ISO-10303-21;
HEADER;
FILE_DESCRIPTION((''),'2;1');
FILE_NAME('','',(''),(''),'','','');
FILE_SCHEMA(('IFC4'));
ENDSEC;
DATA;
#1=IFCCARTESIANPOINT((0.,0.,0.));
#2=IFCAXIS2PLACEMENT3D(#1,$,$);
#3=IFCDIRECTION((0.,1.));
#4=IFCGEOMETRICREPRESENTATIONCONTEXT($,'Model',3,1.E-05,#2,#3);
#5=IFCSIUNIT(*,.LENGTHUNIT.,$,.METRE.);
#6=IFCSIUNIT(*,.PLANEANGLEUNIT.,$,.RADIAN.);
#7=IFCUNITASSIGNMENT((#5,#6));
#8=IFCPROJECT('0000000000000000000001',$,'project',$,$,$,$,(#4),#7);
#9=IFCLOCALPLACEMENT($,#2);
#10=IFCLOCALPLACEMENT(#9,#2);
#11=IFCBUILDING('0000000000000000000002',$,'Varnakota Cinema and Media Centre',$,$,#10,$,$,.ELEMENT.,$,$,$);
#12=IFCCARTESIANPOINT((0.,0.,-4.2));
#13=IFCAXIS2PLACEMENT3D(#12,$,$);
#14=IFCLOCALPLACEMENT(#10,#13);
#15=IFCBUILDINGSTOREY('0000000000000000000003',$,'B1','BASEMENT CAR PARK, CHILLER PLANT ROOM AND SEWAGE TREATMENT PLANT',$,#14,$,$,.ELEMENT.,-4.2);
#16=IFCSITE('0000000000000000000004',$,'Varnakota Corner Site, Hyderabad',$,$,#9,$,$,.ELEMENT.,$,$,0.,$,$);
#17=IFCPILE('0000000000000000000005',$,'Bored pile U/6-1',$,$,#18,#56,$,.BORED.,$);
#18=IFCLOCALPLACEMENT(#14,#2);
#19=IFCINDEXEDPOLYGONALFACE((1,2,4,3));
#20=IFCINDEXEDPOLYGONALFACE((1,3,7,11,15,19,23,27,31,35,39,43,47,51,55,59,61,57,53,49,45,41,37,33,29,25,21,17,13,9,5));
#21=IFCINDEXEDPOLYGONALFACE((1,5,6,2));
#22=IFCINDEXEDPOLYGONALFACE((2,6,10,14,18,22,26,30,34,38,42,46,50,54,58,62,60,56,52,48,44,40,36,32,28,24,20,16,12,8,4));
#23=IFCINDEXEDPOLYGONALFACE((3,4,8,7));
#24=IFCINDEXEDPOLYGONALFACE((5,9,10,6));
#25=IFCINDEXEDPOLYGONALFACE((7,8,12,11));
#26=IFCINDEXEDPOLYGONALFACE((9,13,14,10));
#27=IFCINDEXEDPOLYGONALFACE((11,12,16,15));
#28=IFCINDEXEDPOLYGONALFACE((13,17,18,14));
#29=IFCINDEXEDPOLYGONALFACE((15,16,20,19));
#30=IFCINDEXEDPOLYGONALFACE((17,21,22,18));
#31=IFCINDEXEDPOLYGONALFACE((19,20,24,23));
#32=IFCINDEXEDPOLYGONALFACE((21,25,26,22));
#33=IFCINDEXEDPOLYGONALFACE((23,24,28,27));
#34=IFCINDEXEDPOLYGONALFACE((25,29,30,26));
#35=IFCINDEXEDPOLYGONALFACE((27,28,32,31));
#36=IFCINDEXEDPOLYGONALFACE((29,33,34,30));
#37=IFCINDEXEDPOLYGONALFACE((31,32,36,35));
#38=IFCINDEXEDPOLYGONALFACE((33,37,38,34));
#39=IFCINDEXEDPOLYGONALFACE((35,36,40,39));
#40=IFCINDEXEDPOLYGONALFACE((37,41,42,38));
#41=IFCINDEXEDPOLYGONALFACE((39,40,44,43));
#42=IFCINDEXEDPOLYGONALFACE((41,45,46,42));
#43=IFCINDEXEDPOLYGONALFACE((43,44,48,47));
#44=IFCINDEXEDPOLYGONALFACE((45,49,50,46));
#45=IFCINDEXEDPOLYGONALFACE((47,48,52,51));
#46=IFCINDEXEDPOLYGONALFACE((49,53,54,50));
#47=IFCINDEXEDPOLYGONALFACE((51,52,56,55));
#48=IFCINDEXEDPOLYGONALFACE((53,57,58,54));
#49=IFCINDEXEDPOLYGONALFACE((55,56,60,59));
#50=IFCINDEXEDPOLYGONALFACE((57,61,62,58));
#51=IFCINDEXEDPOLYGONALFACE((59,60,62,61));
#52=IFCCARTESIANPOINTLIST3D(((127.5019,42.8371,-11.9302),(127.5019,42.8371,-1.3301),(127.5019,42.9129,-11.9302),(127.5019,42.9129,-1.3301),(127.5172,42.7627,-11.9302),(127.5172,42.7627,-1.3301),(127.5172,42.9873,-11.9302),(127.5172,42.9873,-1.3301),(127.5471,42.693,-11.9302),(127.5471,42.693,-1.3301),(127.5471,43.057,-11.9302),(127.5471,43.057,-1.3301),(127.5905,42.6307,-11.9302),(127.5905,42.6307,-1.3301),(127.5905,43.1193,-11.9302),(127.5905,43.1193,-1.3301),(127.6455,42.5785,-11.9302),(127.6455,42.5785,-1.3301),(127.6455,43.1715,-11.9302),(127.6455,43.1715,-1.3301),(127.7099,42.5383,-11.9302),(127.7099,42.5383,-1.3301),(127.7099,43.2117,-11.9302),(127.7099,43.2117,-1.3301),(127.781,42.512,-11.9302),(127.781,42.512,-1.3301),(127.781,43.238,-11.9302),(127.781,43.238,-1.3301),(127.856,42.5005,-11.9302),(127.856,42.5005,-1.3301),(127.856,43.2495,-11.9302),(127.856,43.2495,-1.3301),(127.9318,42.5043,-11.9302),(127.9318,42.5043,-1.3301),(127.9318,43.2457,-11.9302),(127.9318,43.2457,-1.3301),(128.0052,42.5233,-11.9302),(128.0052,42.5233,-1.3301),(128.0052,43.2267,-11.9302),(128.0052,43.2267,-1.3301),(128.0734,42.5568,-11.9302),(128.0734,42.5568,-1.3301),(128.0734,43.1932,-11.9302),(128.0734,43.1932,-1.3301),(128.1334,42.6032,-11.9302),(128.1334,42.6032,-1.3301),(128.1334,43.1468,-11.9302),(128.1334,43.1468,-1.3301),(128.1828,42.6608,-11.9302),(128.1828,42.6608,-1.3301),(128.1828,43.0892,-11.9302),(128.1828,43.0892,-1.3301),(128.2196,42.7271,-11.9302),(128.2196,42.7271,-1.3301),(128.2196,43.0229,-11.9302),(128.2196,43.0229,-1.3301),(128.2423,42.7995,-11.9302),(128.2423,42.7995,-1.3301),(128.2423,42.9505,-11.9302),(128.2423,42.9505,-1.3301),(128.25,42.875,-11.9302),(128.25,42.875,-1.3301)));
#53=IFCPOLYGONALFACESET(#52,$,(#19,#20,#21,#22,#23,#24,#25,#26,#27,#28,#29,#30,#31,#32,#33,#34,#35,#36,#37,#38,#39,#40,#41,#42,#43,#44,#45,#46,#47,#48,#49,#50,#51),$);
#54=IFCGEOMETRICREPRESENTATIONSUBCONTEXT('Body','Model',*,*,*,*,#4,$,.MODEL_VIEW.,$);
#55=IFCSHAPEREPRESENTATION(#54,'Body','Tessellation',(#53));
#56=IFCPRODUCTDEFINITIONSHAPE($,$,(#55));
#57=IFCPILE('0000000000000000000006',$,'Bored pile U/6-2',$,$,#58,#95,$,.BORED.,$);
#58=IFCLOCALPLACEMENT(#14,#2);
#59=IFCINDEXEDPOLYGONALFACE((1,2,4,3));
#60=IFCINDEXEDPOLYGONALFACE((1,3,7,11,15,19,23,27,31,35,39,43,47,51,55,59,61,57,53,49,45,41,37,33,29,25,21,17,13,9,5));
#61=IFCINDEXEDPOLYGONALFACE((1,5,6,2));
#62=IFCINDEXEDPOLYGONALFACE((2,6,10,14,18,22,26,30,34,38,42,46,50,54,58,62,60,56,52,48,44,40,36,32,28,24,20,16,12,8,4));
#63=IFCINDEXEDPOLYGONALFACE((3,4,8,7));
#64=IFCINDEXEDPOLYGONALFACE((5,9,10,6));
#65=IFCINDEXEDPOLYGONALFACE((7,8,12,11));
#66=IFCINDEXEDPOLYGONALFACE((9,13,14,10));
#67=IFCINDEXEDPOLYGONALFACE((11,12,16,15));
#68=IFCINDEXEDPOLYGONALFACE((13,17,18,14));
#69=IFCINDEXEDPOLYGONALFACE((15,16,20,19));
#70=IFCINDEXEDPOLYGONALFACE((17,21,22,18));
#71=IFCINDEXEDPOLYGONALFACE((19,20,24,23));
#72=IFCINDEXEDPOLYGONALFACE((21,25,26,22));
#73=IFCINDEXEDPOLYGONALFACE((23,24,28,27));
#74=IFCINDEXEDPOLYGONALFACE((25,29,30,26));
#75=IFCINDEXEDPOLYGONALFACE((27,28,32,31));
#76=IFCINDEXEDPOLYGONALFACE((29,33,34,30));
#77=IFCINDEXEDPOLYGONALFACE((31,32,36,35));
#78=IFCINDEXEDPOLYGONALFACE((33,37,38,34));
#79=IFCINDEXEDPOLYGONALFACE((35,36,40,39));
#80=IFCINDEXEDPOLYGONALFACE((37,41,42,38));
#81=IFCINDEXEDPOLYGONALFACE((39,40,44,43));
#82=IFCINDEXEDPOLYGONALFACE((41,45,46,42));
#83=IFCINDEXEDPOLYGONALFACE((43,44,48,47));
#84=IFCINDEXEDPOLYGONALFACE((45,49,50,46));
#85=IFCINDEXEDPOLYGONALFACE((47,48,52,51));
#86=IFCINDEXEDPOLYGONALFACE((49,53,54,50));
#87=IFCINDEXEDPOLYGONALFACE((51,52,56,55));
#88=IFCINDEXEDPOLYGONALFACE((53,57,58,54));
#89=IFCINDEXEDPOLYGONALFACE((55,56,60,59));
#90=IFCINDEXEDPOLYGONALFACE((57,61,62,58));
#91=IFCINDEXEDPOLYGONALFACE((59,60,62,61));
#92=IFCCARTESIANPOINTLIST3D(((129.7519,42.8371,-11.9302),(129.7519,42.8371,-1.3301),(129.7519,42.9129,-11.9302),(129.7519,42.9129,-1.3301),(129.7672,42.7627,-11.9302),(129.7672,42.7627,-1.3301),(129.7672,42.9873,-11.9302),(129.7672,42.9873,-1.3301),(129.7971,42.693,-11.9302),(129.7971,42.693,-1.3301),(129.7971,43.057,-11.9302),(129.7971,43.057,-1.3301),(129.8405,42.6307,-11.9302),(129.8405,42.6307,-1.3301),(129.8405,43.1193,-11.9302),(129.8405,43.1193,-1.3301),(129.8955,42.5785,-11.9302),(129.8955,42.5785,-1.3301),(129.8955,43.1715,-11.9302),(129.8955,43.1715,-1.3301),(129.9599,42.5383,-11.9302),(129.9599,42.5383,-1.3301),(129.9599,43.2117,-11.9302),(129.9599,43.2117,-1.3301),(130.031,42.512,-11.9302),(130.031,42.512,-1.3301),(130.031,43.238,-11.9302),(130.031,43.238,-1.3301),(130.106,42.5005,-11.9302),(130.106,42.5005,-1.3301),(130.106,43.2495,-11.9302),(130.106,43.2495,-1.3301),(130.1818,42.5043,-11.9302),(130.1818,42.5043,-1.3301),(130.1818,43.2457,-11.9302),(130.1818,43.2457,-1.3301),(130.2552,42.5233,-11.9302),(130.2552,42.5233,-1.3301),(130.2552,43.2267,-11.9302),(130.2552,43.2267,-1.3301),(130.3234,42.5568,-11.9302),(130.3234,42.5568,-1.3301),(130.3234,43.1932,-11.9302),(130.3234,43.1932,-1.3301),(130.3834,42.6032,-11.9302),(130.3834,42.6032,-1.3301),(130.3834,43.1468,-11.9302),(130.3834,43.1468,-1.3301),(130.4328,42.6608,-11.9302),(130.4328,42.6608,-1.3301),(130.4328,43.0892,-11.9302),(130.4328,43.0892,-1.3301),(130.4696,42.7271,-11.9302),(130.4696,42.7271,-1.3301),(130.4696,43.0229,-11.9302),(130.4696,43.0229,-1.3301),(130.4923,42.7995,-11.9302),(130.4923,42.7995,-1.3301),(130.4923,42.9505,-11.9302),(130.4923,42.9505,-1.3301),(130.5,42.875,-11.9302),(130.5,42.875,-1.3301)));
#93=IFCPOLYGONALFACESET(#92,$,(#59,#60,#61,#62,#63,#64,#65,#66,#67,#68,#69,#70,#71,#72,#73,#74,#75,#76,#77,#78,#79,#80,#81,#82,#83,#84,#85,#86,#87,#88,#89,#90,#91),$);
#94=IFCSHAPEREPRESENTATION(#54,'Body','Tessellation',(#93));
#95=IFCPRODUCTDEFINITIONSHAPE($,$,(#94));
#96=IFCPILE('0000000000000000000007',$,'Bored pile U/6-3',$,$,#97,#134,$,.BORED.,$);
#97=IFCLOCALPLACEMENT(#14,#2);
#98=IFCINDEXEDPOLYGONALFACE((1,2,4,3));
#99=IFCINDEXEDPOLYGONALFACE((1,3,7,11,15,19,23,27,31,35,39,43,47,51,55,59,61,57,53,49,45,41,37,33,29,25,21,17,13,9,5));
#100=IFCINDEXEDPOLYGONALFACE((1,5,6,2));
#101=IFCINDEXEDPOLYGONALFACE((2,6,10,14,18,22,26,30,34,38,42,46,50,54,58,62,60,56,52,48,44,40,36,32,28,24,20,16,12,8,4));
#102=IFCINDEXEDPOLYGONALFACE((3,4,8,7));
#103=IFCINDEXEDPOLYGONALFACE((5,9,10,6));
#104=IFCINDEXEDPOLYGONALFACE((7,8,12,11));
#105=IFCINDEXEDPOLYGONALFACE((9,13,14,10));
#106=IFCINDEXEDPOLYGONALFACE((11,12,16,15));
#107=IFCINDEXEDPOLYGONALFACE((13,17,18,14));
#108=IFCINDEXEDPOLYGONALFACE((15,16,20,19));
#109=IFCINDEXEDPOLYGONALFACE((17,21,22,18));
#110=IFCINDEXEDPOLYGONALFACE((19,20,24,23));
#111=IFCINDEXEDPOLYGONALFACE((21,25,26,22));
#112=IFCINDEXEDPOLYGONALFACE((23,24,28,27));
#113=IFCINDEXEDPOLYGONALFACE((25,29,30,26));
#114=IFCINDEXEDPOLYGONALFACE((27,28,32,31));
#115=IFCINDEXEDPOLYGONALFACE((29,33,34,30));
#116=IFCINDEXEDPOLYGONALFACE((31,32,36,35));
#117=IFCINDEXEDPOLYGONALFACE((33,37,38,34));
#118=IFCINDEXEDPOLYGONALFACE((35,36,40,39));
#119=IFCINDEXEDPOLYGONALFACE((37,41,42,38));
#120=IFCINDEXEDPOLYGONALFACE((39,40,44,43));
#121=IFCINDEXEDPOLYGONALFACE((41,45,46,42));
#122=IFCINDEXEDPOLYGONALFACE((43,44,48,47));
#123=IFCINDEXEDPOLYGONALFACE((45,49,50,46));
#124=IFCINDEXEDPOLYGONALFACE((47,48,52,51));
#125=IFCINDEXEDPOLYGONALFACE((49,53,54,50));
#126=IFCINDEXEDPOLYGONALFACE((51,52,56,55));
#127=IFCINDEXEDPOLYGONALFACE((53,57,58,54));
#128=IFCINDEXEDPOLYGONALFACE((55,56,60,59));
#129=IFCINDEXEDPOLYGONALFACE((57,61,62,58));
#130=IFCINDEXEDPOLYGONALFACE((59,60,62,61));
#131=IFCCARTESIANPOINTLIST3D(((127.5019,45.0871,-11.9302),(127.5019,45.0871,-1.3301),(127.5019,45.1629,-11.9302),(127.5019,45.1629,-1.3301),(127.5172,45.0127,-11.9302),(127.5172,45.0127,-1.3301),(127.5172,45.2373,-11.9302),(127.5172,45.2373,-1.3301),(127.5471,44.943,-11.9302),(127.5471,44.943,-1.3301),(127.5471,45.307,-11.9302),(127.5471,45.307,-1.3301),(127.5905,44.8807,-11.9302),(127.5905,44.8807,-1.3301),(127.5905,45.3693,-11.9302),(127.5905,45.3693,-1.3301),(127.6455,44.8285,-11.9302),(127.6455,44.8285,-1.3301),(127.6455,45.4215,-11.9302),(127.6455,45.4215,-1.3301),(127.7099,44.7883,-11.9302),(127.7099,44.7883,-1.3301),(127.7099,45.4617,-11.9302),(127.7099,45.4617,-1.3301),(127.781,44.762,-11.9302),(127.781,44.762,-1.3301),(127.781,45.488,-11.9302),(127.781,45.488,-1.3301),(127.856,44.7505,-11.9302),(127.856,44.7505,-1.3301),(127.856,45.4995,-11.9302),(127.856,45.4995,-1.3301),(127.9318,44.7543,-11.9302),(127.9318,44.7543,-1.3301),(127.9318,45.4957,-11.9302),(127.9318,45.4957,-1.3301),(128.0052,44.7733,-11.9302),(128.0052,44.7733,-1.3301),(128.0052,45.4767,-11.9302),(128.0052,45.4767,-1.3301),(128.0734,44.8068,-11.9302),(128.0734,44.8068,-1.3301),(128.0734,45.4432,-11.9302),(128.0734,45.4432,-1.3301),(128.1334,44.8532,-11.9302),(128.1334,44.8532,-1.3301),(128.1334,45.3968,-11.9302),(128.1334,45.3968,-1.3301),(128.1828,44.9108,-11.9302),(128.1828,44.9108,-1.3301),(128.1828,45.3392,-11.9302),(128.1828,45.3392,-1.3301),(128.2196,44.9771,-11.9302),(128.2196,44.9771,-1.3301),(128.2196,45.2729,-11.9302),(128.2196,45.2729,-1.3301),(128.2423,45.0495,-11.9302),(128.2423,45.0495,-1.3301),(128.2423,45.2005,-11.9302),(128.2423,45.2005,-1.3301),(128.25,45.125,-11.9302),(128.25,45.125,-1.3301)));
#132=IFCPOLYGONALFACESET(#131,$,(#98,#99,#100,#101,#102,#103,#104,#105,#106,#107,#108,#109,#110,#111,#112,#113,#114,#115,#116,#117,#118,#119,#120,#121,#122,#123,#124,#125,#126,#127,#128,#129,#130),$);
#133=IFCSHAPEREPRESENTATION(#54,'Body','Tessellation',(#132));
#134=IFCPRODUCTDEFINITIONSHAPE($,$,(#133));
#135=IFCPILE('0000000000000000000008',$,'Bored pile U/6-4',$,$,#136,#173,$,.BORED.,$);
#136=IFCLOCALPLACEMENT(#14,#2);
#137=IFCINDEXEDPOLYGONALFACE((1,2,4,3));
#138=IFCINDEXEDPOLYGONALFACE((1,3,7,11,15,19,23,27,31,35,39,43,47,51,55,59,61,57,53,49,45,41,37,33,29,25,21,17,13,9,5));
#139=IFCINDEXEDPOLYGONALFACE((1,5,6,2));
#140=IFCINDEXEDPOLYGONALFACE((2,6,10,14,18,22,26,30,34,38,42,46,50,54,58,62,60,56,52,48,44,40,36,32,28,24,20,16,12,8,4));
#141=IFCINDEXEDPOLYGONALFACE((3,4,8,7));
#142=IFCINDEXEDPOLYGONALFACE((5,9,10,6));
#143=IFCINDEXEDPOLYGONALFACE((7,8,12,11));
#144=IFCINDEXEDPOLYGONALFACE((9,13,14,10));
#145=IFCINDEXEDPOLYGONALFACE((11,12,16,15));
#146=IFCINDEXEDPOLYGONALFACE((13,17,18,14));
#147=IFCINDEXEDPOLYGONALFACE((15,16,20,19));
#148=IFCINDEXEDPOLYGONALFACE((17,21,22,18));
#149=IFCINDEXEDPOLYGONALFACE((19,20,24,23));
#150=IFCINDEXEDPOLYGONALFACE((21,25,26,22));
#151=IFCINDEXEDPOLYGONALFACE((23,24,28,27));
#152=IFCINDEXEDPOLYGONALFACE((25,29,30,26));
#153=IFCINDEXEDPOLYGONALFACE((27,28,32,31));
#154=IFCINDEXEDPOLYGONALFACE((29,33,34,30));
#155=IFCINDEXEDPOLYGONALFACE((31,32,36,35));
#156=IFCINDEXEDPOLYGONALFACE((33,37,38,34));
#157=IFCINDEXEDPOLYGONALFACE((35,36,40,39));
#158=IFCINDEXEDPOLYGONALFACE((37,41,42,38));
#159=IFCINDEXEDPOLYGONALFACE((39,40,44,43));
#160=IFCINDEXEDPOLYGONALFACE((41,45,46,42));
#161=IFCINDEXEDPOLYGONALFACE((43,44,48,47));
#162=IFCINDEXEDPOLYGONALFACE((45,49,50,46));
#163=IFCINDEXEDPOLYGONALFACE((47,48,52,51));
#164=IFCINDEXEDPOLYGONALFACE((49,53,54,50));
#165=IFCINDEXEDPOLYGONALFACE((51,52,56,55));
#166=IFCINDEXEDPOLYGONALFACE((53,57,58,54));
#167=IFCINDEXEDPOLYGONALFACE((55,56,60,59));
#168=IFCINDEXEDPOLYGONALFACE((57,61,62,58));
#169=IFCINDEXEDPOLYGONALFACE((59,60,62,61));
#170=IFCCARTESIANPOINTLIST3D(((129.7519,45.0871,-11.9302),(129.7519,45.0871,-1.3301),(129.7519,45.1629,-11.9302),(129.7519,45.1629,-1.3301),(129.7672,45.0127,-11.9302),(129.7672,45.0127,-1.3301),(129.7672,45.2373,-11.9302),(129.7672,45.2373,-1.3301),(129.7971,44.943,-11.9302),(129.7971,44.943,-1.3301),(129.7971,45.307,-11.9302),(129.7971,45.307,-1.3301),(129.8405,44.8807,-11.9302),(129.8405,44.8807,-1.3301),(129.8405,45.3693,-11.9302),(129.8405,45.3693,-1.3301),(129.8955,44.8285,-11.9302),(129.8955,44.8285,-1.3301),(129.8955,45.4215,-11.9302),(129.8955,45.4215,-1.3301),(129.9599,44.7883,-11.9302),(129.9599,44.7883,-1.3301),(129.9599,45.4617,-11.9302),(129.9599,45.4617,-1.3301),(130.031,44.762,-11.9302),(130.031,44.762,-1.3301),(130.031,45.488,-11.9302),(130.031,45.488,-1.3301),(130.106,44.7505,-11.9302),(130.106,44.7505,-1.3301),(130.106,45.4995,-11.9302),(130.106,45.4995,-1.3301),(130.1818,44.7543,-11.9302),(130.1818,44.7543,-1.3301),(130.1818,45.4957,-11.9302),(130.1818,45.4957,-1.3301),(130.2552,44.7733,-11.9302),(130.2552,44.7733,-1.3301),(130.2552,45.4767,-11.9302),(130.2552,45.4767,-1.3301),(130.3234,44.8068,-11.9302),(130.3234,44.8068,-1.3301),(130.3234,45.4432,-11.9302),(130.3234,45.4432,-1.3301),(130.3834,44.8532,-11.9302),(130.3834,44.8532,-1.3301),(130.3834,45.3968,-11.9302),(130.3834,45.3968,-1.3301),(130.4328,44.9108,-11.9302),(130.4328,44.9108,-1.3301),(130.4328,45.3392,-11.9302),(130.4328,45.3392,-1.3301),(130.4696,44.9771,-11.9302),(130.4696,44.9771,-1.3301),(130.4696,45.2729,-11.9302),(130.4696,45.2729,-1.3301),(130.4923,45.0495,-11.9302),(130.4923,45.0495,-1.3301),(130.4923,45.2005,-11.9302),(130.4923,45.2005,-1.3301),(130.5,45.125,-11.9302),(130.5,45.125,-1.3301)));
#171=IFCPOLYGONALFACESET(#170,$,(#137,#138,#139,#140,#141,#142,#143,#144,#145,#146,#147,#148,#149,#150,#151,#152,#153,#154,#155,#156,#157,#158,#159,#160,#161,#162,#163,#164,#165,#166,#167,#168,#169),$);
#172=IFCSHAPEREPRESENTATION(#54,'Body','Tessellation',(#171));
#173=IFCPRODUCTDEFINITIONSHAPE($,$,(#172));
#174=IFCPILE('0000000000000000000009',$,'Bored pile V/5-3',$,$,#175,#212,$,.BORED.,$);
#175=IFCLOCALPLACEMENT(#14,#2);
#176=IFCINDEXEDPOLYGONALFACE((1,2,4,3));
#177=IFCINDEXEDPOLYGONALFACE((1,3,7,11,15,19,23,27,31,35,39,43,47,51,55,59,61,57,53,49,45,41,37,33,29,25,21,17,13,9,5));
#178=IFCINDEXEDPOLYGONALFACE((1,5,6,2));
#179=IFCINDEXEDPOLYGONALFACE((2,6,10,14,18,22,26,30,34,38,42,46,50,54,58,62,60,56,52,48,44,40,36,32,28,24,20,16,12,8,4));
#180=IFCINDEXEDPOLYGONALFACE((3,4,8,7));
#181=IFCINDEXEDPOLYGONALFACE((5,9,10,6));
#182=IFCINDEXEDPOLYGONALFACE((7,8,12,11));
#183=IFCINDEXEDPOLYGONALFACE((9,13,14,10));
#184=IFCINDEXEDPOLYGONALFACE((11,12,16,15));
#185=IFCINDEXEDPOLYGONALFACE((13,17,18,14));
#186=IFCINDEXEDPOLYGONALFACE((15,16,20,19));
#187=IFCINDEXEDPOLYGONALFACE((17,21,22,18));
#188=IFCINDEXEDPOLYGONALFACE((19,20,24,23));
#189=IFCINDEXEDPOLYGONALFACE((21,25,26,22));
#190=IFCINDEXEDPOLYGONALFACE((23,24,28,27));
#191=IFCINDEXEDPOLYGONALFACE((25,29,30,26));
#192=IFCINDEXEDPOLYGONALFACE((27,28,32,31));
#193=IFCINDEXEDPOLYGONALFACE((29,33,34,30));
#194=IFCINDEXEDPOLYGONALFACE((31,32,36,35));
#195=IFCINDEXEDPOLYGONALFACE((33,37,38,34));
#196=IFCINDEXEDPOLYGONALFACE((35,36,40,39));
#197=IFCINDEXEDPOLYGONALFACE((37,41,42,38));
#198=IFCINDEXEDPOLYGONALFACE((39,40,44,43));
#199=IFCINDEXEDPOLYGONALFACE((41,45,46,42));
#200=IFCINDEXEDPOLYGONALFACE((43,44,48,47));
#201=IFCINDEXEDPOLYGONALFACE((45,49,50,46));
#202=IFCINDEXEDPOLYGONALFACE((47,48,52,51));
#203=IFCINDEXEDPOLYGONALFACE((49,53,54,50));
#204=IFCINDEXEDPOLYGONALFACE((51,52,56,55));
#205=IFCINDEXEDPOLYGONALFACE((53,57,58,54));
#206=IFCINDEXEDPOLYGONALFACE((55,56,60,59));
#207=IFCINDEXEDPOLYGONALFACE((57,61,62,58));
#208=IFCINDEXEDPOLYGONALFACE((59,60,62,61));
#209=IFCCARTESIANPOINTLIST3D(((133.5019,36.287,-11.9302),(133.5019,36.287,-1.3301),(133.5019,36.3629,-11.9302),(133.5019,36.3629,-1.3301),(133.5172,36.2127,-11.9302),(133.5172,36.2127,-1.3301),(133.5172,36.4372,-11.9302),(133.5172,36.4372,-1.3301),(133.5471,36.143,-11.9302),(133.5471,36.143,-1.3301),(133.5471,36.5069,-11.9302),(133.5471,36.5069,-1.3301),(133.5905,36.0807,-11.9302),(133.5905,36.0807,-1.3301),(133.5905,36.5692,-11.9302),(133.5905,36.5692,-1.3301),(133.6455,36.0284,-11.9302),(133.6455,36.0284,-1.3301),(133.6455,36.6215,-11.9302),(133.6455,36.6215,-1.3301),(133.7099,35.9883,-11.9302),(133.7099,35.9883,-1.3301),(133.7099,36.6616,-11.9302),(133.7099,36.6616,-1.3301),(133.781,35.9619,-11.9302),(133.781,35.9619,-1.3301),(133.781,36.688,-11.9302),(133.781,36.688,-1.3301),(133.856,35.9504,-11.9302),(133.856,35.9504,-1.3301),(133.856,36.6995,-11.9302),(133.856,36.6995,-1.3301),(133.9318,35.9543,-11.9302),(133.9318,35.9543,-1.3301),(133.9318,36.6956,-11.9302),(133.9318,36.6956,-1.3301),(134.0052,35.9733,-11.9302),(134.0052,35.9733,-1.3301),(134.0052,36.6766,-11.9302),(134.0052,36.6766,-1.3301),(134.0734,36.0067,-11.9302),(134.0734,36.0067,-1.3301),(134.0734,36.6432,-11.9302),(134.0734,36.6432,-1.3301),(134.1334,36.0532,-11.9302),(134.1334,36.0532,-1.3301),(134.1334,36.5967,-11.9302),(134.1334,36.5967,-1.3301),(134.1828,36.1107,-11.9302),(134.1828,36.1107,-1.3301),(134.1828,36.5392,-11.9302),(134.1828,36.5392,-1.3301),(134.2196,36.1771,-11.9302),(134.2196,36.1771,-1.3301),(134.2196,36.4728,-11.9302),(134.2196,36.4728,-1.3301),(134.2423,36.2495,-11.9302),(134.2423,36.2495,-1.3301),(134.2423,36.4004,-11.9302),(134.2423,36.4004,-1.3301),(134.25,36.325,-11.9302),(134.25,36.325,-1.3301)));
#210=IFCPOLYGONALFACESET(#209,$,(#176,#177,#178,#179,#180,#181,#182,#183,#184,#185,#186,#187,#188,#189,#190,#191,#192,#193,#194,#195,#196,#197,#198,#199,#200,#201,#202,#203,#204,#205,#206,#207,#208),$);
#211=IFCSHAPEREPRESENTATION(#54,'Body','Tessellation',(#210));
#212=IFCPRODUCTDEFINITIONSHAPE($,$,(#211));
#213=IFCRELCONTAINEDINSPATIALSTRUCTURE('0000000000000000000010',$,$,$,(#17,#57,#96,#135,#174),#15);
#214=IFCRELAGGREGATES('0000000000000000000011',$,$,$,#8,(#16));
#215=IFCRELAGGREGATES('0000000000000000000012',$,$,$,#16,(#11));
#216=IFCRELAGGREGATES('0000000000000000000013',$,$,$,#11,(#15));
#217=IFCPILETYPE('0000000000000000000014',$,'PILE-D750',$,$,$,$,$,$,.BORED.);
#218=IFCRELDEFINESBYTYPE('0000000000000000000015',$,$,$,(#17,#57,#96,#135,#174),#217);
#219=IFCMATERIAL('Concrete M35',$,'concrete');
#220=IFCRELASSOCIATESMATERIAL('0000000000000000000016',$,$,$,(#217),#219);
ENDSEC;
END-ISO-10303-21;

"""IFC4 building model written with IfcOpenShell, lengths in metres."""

from ifc_helpers import new_model, si_unit, direction, frame, origin, origin_2d, place, context, subcontext, project, spatial, circle, extrude, material, material_profile, profile_set, type_object, element, save


model = new_model("IFC4")

# Units and contexts
model_context = context("Model", 3, precision=1e-05, world=origin(), true_north=direction((0.0, 1.0)))
body_context = subcontext(model_context, "Body", "Model", "MODEL_VIEW")
ifc_project = project(units=[si_unit("LENGTHUNIT", "METRE"), si_unit("PLANEANGLEUNIT", "RADIAN")], contexts=[model_context])

# Site, building, storey
site_placement = place(None, origin())
site = spatial("IfcSite", under=ifc_project, at=site_placement, Name="Varnakota Corner Site, Hyderabad", CompositionType="ELEMENT", RefElevation=0.0)
building_placement = place(site_placement, origin())
building = spatial("IfcBuilding", under=site, at=building_placement, Name="Varnakota Cinema and Media Centre", CompositionType="ELEMENT")
storey_placement = place(building_placement, frame((0.0, 0.0, -4.2)))
storey = spatial("IfcBuildingStorey", under=building, at=storey_placement, Name="B1", Description="BASEMENT CAR PARK, CHILLER PLANT ROOM AND SEWAGE TREATMENT PLANT", CompositionType="ELEMENT", Elevation=-4.2)

# Piles
ifc_material_1 = material(Name="Concrete M35", Category="concrete")
ifc_material_profile_1 = material_profile(ifc_material_1, circle(Radius=0.375, at=origin_2d()), Name="PILE D750")
ifc_profile_set_1 = profile_set([ifc_material_profile_1], Name="Concrete M35")
pile_type_1 = type_object("IfcPileType", Name="PILE-D750", PredefinedType="BORED", material=ifc_profile_set_1)
for number, where, z_axis, x_axis, name in (
    (1, (127.875, 42.875, -1.3301), (0.0, 0.0, -1.0), (1.0, 0.0, 0.0), "Bored pile U/6-1"),
    (2, (130.125, 42.875, -1.3301), (0.0, 0.0, -1.0), (1.0, 0.0, 0.0), "Bored pile U/6-2"),
    (3, (127.875, 45.125, -1.3301), (0.0, 0.0, -1.0), (1.0, 0.0, 0.0), "Bored pile U/6-3"),
    (4, (130.125, 45.125, -1.3301), (0.0, 0.0, -1.0), (1.0, 0.0, 0.0), "Bored pile U/6-4"),
    (5, (133.875, 36.325, -1.3301), (0.0, 0.0, -1.0), (1.0, 0.0, 0.0), "Bored pile V/5-3"),
):
    element("IfcPile", number, at=place(storey_placement, frame(where, z_axis=z_axis, x_axis=x_axis)), inside=storey, type_object=pile_type_1, Name=name, PredefinedType="BORED", context=body_context, shape_type="SweptSolid", body=[
        extrude(circle(Radius=0.375, at=origin_2d()), origin(), (0.0, 0.0, 1.0), 10.6001),
    ])

save(model, "model.ifc")
